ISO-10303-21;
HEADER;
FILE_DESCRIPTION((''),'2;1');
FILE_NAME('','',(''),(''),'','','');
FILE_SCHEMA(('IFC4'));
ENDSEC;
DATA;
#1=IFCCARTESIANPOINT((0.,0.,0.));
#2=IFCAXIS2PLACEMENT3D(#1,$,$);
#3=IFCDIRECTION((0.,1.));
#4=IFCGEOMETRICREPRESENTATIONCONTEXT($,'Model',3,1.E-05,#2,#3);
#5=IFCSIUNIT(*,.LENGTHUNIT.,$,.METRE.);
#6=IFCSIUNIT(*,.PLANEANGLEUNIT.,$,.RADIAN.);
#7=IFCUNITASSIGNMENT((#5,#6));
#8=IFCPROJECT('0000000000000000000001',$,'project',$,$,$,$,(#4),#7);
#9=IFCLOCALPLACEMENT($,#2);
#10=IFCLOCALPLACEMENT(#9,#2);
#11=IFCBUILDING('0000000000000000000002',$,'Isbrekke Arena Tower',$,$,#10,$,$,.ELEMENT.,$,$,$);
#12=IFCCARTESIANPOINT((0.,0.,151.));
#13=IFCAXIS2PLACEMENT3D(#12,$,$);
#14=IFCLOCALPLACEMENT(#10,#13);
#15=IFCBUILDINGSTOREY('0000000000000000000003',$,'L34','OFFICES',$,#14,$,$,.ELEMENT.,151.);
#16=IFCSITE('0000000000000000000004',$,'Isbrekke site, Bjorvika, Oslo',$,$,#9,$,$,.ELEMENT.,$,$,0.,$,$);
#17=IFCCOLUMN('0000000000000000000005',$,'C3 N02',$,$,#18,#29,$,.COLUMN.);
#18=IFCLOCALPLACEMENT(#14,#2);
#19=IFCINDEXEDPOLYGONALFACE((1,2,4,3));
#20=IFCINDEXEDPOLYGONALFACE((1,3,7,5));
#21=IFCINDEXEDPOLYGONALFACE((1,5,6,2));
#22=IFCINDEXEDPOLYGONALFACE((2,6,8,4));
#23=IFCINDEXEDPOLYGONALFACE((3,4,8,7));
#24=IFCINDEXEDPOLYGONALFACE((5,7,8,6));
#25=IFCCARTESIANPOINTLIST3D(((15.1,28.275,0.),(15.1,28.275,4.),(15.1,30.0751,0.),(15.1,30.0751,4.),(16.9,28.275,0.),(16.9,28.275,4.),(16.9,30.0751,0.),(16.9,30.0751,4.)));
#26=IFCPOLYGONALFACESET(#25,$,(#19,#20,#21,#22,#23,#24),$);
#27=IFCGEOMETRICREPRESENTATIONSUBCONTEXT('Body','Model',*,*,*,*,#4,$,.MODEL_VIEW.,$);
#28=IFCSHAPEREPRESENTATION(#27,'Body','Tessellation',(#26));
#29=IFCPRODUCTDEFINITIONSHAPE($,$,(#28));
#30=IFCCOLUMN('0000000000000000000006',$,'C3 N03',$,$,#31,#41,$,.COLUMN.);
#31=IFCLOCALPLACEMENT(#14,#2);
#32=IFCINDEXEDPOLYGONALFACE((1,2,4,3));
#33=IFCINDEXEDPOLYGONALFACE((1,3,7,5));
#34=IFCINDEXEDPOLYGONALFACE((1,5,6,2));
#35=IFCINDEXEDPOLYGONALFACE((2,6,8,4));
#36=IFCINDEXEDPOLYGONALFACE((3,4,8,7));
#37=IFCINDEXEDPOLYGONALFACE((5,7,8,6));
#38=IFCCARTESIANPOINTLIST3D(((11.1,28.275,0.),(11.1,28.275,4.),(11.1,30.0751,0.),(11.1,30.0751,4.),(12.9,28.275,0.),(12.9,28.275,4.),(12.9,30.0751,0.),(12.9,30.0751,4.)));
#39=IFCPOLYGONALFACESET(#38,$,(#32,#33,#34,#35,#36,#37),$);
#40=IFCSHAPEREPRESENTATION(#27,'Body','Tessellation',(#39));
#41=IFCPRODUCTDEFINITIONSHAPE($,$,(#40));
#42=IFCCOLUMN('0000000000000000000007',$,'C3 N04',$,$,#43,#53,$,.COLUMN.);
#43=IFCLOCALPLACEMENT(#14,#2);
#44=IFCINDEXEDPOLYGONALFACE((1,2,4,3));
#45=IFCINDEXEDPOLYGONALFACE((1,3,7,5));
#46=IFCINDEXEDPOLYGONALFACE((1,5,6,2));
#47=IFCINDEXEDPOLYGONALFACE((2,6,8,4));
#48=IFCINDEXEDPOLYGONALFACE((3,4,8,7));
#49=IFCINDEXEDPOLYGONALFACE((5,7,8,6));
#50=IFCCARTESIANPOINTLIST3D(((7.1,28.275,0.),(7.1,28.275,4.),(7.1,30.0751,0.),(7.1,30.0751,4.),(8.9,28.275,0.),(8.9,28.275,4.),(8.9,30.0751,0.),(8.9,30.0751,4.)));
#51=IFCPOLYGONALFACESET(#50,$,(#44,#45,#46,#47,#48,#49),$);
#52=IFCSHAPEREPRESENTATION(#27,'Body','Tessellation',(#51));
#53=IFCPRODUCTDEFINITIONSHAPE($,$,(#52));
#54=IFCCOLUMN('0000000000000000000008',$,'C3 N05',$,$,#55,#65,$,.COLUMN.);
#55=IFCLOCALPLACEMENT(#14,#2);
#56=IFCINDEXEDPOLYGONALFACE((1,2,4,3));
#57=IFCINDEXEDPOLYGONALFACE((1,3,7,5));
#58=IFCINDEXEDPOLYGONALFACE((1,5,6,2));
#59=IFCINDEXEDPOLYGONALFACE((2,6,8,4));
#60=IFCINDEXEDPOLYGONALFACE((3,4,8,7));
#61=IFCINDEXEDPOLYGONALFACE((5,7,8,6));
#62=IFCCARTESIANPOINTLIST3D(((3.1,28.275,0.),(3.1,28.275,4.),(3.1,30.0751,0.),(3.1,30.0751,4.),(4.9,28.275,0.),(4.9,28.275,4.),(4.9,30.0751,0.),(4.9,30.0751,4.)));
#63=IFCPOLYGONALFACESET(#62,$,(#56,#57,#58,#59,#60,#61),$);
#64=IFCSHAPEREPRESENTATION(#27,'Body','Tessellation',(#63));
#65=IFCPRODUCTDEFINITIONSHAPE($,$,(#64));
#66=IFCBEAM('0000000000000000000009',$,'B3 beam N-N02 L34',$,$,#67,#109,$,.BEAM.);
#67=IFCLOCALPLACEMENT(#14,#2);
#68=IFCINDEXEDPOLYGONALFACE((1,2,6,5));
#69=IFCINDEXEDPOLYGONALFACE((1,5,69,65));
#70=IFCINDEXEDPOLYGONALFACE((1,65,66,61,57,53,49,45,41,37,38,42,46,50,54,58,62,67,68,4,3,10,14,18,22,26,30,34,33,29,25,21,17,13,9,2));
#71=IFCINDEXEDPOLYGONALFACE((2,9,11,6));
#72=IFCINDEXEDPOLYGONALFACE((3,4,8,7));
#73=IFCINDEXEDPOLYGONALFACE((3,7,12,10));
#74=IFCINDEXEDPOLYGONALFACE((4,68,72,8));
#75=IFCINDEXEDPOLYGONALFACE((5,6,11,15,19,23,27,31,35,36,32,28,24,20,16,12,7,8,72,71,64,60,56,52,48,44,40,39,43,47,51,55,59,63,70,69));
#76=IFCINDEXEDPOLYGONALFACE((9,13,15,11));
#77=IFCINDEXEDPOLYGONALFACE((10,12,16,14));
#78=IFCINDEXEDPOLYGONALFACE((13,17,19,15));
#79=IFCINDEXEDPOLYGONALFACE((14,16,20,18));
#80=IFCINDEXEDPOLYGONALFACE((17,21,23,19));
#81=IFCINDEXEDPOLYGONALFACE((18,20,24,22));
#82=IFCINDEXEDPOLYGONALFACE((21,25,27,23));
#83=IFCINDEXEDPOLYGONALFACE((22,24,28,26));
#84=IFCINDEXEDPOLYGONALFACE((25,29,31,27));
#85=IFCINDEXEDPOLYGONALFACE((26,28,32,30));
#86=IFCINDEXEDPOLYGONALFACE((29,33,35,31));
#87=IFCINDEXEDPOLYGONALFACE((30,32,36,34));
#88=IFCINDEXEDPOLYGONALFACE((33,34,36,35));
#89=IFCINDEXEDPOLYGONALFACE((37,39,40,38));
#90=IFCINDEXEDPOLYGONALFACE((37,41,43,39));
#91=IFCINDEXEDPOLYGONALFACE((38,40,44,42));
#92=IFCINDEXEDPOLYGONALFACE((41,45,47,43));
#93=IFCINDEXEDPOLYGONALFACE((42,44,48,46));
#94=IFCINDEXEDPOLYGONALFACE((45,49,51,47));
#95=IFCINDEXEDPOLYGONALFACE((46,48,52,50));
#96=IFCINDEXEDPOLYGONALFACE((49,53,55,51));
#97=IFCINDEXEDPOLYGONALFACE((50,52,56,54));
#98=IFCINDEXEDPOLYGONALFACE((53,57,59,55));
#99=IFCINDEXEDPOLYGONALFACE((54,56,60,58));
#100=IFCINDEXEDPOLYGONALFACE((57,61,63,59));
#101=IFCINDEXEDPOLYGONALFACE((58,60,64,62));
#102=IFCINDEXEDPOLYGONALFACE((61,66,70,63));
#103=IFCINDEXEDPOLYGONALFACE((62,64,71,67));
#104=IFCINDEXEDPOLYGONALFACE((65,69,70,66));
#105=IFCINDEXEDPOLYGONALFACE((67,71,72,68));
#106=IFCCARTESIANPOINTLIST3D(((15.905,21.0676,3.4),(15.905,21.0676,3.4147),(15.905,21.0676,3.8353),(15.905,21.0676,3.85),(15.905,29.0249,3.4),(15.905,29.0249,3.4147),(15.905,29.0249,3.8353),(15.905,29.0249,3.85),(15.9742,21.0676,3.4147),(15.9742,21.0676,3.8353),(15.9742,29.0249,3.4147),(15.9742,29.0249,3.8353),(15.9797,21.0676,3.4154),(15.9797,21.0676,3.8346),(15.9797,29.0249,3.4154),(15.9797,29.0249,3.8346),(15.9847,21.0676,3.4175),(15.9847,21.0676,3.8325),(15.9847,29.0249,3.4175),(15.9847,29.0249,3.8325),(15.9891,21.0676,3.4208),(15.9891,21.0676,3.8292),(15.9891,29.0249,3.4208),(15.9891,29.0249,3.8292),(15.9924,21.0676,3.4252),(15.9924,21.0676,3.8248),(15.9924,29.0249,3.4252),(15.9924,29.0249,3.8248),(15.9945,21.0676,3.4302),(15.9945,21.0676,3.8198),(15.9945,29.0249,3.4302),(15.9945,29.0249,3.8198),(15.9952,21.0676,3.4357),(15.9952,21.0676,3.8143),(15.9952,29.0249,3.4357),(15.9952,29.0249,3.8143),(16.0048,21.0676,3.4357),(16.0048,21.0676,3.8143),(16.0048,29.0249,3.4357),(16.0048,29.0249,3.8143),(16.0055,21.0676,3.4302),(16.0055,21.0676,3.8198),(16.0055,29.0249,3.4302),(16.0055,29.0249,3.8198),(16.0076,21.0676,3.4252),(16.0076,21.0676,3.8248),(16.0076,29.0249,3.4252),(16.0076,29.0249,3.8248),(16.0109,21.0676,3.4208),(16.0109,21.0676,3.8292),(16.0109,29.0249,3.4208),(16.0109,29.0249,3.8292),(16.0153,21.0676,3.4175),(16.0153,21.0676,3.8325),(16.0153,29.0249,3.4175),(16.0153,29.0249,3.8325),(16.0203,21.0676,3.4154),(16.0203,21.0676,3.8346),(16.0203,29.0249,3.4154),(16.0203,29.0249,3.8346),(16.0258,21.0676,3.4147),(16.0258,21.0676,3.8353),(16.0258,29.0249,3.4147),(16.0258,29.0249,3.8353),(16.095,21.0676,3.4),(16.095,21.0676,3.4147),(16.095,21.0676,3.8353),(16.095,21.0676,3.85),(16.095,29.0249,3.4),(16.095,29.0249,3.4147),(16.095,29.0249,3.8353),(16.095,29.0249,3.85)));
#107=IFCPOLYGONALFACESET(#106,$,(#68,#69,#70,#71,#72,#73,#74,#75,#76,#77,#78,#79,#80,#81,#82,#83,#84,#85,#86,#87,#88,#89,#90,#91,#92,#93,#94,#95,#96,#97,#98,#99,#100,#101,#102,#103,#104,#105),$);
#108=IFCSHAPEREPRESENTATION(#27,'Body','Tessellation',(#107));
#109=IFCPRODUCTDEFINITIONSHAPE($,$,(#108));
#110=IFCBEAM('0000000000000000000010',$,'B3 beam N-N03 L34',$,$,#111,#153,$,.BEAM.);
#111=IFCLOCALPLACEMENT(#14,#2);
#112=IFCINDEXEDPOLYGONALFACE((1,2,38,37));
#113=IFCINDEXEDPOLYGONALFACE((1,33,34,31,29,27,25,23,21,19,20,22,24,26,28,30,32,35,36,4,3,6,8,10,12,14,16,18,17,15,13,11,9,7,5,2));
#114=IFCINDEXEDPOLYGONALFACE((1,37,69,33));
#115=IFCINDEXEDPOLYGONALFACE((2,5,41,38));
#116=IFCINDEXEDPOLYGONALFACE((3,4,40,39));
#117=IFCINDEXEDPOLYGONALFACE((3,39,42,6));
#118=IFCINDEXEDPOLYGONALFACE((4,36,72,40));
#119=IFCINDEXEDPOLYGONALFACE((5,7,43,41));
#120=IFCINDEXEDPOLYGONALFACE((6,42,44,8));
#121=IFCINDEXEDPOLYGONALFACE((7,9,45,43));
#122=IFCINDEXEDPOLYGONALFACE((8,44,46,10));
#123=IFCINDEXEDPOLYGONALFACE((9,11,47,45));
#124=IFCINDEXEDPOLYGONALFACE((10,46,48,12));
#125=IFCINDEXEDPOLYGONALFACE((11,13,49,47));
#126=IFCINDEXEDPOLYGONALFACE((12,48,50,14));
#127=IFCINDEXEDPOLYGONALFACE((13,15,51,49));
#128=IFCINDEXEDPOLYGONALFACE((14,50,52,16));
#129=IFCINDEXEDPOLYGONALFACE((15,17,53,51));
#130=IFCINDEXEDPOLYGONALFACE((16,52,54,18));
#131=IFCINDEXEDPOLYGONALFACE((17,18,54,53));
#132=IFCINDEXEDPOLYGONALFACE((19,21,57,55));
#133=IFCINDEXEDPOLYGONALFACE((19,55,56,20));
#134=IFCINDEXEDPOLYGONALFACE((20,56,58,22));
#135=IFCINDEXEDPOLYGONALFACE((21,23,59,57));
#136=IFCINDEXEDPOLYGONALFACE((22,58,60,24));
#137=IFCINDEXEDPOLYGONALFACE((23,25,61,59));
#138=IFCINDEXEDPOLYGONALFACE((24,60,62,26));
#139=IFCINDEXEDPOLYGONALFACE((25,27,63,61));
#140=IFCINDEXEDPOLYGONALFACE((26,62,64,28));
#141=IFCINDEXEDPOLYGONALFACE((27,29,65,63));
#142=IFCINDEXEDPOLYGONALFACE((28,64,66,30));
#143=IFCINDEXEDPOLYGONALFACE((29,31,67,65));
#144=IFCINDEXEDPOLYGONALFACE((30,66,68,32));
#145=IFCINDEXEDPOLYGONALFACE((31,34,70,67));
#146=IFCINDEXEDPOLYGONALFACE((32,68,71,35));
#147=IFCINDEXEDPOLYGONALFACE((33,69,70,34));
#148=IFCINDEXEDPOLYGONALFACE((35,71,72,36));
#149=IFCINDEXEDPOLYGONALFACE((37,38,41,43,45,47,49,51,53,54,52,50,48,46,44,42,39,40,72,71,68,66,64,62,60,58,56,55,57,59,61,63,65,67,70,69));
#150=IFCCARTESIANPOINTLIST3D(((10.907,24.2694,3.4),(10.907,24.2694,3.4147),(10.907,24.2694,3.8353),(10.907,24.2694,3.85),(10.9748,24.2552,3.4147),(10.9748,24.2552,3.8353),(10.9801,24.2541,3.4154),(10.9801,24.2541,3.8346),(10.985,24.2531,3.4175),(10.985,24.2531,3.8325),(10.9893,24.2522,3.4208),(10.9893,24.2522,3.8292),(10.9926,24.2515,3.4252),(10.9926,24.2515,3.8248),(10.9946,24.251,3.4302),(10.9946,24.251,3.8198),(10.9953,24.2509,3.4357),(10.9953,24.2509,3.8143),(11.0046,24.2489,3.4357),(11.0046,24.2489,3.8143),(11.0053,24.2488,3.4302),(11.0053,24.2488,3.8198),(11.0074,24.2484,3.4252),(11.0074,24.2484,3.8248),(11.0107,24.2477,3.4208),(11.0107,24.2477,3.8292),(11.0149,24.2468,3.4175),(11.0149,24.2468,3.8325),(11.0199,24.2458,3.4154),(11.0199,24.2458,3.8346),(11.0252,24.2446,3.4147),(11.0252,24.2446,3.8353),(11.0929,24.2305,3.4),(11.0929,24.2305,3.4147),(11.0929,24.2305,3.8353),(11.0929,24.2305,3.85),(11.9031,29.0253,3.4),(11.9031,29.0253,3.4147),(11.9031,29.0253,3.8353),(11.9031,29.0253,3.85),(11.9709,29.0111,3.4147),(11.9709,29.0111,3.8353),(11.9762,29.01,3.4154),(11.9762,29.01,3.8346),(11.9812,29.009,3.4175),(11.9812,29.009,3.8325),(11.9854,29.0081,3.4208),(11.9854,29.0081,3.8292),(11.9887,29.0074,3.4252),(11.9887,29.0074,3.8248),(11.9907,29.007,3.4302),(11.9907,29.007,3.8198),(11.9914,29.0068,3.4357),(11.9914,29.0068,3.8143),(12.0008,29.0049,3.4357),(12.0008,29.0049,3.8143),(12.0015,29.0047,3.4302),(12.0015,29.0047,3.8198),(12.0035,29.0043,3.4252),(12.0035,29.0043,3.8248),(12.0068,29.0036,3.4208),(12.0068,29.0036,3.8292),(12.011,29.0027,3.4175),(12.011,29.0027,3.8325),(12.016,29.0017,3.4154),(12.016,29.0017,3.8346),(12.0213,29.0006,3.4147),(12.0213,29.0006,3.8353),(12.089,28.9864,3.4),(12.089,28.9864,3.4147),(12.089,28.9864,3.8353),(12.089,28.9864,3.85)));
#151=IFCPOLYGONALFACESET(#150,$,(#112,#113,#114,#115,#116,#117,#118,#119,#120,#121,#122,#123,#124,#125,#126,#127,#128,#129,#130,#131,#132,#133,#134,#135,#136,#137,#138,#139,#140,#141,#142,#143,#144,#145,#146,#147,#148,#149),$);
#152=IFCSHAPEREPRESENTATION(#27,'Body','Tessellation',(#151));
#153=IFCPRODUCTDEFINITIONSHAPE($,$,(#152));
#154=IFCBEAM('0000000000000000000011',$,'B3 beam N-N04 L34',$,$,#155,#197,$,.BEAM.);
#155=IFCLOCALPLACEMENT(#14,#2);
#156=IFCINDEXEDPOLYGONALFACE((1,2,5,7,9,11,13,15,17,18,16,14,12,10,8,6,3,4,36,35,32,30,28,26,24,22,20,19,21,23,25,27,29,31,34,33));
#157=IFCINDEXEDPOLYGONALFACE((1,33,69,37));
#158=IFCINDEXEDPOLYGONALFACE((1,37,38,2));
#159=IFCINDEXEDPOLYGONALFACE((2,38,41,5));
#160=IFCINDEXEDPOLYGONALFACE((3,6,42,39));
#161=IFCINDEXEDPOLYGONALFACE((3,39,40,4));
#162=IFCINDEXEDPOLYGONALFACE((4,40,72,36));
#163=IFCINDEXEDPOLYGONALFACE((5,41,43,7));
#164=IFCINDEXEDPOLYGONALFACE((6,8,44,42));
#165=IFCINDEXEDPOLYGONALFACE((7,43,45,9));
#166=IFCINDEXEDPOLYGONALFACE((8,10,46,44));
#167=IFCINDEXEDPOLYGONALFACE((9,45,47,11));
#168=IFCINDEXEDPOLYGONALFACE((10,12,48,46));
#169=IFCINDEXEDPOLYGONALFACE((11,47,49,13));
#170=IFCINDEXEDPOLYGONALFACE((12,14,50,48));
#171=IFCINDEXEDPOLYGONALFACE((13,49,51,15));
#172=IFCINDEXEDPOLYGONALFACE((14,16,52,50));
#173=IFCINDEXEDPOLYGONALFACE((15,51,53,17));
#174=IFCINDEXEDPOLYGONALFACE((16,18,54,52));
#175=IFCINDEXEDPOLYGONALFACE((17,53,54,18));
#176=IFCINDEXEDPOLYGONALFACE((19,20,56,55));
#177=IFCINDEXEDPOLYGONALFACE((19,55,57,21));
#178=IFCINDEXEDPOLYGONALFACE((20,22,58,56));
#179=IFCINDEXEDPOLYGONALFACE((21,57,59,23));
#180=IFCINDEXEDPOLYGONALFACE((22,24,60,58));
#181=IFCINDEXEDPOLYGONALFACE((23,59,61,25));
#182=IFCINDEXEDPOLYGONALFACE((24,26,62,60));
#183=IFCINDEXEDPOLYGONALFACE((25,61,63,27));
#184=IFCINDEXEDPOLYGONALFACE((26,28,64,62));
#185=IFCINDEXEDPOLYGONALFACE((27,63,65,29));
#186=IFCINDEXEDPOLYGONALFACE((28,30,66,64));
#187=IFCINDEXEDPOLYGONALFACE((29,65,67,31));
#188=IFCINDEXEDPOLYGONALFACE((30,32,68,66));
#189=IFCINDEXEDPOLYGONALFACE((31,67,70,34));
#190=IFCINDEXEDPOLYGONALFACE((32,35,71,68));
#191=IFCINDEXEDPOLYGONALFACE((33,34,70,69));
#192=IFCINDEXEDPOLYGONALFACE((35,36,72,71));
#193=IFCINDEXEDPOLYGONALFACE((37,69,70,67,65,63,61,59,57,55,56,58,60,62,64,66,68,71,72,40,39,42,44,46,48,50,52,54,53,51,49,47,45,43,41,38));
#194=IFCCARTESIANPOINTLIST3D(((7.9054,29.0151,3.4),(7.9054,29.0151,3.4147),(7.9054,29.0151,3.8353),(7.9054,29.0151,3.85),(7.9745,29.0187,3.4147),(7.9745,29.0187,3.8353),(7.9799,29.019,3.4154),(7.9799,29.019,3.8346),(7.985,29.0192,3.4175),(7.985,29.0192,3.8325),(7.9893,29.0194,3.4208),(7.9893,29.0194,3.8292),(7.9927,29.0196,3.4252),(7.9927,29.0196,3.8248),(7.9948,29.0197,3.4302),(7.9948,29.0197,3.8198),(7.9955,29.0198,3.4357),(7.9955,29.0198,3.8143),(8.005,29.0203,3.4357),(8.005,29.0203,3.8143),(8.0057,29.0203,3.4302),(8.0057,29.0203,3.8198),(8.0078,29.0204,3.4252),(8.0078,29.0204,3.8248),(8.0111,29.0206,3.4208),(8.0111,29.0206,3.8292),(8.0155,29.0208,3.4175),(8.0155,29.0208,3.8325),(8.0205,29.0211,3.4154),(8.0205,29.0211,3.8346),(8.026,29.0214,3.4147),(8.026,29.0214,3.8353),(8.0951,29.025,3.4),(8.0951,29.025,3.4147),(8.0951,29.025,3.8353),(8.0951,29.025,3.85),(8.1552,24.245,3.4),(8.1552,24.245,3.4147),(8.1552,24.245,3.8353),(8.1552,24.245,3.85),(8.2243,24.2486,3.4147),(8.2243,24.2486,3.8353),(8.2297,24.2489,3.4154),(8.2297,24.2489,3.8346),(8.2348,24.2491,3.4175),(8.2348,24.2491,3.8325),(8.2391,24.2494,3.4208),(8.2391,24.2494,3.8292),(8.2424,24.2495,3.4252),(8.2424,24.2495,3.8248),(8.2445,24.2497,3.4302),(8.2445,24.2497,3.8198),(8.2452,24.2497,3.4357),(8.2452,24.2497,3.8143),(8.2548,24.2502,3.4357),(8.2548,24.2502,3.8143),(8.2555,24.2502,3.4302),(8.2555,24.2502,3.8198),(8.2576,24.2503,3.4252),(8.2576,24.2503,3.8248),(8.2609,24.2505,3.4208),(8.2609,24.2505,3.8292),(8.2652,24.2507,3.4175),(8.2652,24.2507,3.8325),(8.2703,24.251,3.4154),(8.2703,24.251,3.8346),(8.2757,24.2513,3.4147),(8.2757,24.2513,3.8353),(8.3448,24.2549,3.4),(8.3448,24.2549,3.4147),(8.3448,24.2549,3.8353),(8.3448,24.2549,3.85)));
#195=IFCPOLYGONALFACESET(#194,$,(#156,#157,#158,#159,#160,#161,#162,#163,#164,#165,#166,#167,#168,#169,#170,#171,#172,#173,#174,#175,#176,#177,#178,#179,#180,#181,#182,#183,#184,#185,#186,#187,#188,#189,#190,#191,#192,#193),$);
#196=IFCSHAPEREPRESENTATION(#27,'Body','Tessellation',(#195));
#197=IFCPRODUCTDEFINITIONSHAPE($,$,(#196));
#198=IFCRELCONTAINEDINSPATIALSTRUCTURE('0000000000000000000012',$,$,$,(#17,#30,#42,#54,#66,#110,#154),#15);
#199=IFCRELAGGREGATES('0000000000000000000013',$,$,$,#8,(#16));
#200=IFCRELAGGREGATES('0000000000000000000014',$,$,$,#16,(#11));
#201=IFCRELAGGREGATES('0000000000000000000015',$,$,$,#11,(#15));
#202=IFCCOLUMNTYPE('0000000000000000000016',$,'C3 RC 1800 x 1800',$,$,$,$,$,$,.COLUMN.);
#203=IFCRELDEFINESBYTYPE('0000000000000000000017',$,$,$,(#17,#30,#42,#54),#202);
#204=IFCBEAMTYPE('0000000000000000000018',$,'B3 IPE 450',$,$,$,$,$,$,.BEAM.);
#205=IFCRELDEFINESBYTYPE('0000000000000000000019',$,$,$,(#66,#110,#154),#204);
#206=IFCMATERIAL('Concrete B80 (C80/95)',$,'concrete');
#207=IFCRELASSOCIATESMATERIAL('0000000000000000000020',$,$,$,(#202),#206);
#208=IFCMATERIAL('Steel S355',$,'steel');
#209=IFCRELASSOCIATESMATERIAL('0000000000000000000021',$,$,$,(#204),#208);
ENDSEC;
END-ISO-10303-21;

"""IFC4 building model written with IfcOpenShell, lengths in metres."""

from ifc_helpers import new_model, si_unit, direction, frame, origin, origin_2d, place, context, subcontext, project, spatial, rectangle, i_section, extrude, material, material_profile, profile_set, type_object, element, save


model = new_model("IFC4")

# Units and contexts
model_context = context("Model", 3, precision=1e-05, world=origin(), true_north=direction((0.0, 1.0)))
body_context = subcontext(model_context, "Body", "Model", "MODEL_VIEW")
ifc_project = project(units=[si_unit("LENGTHUNIT", "METRE"), si_unit("PLANEANGLEUNIT", "RADIAN")], contexts=[model_context])

# Site, building, storey
site_placement = place(None, origin())
site = spatial("IfcSite", under=ifc_project, at=site_placement, Name="Isbrekke site, Bjorvika, Oslo", CompositionType="ELEMENT", RefElevation=0.0)
building_placement = place(site_placement, origin())
building = spatial("IfcBuilding", under=site, at=building_placement, Name="Isbrekke Arena Tower", CompositionType="ELEMENT")
storey_placement = place(building_placement, frame((0.0, 0.0, 151.0)))
storey = spatial("IfcBuildingStorey", under=building, at=storey_placement, Name="L34", Description="OFFICES", CompositionType="ELEMENT", Elevation=151.0)

# Columns
ifc_material_1 = material(Name="Concrete B80 (C80/95)", Category="concrete")
ifc_material_profile_1 = material_profile(ifc_material_1, rectangle(XDim=1.8, YDim=1.8, at=origin_2d()), Name="RC 1800x1800")
ifc_profile_set_1 = profile_set([ifc_material_profile_1], Name="Concrete B80 (C80/95)")
column_type = type_object("IfcColumnType", Name="C3 RC 1800 x 1800", PredefinedType="COLUMN", material=ifc_profile_set_1)
for number, where, z_axis, x_axis, name in (
    (1, (16.0, 29.175, 0.0), (0.0, 0.0, 1.0), (-1.0, 0.0, 0.0), "C3 N02"),
    (2, (12.0, 29.175, 0.0), (0.0, 0.0, 1.0), (-1.0, 0.0, 0.0), "C3 N03"),
    (3, (8.0, 29.175, 0.0), (0.0, 0.0, 1.0), (-1.0, 0.0, 0.0), "C3 N04"),
    (4, (4.0, 29.175, 0.0), (0.0, 0.0, 1.0), (-1.0, 0.0, 0.0), "C3 N05"),
):
    element("IfcColumn", number, at=place(storey_placement, frame(where, z_axis=z_axis, x_axis=x_axis)), inside=storey, type_object=column_type, Name=name, PredefinedType="COLUMN", context=body_context, shape_type="SweptSolid", body=[
        extrude(rectangle(XDim=1.8, YDim=1.8, at=origin_2d()), origin(), (0.0, 0.0, 1.0), 4.0),
    ])

# Beams
ifc_material_2 = material(Name="Steel S355", Category="steel")
ifc_material_profile_2 = material_profile(ifc_material_2, i_section(OverallWidth=0.1899, OverallDepth=0.45, WebThickness=0.0095, FlangeThickness=0.0146, FilletRadius=0.021, at=origin_2d()), Name="IPE 450")
ifc_profile_set_2 = profile_set([ifc_material_profile_2], Name="Steel S355")
beam_type_1 = type_object("IfcBeamType", Name="B3 IPE 450", PredefinedType="BEAM", material=ifc_profile_set_2)
beam_1_placement = place(storey_placement, frame((16.0, 29.0249, 3.625), z_axis=(0.0, -1.0, 0.0), x_axis=(1.0, 0.0, 0.0)))
element("IfcBeam", 5, at=beam_1_placement, inside=storey, type_object=beam_type_1, Name="B3 beam N-N02 L34", PredefinedType="BEAM", context=body_context, shape_type="SweptSolid", body=[
    extrude(i_section(OverallWidth=0.1899, OverallDepth=0.45, WebThickness=0.0095, FlangeThickness=0.0146, FilletRadius=0.021, at=origin_2d()), origin(), (0.0, 0.0, 1.0), 7.9573),
])
beam_2_placement = place(storey_placement, frame((11.9961, 29.0059, 3.625), z_axis=(-0.204997, -0.978762, 0.0), x_axis=(0.978762, -0.204997, 0.0)))
element("IfcBeam", 6, at=beam_2_placement, inside=storey, type_object=beam_type_1, Name="B3 beam N-N03 L34", PredefinedType="BEAM", context=body_context, shape_type="SweptSolid", body=[
    extrude(i_section(OverallWidth=0.1899, OverallDepth=0.45, WebThickness=0.0095, FlangeThickness=0.0146, FilletRadius=0.021, at=origin_2d()), origin(), (0.0, 0.0, 1.0), 4.8591),
])
beam_3_placement = place(storey_placement, frame((8.0002, 29.02, 3.625), z_axis=(0.052288, -0.998632, 0.0), x_axis=(0.998632, 0.052288, 0.0)))
element("IfcBeam", 7, at=beam_3_placement, inside=storey, type_object=beam_type_1, Name="B3 beam N-N04 L34", PredefinedType="BEAM", context=body_context, shape_type="SweptSolid", body=[
    extrude(i_section(OverallWidth=0.1899, OverallDepth=0.45, WebThickness=0.0095, FlangeThickness=0.0146, FilletRadius=0.021, at=origin_2d()), origin(), (0.0, 0.0, 1.0), 4.7766),
])

save(model, "model.ifc")
